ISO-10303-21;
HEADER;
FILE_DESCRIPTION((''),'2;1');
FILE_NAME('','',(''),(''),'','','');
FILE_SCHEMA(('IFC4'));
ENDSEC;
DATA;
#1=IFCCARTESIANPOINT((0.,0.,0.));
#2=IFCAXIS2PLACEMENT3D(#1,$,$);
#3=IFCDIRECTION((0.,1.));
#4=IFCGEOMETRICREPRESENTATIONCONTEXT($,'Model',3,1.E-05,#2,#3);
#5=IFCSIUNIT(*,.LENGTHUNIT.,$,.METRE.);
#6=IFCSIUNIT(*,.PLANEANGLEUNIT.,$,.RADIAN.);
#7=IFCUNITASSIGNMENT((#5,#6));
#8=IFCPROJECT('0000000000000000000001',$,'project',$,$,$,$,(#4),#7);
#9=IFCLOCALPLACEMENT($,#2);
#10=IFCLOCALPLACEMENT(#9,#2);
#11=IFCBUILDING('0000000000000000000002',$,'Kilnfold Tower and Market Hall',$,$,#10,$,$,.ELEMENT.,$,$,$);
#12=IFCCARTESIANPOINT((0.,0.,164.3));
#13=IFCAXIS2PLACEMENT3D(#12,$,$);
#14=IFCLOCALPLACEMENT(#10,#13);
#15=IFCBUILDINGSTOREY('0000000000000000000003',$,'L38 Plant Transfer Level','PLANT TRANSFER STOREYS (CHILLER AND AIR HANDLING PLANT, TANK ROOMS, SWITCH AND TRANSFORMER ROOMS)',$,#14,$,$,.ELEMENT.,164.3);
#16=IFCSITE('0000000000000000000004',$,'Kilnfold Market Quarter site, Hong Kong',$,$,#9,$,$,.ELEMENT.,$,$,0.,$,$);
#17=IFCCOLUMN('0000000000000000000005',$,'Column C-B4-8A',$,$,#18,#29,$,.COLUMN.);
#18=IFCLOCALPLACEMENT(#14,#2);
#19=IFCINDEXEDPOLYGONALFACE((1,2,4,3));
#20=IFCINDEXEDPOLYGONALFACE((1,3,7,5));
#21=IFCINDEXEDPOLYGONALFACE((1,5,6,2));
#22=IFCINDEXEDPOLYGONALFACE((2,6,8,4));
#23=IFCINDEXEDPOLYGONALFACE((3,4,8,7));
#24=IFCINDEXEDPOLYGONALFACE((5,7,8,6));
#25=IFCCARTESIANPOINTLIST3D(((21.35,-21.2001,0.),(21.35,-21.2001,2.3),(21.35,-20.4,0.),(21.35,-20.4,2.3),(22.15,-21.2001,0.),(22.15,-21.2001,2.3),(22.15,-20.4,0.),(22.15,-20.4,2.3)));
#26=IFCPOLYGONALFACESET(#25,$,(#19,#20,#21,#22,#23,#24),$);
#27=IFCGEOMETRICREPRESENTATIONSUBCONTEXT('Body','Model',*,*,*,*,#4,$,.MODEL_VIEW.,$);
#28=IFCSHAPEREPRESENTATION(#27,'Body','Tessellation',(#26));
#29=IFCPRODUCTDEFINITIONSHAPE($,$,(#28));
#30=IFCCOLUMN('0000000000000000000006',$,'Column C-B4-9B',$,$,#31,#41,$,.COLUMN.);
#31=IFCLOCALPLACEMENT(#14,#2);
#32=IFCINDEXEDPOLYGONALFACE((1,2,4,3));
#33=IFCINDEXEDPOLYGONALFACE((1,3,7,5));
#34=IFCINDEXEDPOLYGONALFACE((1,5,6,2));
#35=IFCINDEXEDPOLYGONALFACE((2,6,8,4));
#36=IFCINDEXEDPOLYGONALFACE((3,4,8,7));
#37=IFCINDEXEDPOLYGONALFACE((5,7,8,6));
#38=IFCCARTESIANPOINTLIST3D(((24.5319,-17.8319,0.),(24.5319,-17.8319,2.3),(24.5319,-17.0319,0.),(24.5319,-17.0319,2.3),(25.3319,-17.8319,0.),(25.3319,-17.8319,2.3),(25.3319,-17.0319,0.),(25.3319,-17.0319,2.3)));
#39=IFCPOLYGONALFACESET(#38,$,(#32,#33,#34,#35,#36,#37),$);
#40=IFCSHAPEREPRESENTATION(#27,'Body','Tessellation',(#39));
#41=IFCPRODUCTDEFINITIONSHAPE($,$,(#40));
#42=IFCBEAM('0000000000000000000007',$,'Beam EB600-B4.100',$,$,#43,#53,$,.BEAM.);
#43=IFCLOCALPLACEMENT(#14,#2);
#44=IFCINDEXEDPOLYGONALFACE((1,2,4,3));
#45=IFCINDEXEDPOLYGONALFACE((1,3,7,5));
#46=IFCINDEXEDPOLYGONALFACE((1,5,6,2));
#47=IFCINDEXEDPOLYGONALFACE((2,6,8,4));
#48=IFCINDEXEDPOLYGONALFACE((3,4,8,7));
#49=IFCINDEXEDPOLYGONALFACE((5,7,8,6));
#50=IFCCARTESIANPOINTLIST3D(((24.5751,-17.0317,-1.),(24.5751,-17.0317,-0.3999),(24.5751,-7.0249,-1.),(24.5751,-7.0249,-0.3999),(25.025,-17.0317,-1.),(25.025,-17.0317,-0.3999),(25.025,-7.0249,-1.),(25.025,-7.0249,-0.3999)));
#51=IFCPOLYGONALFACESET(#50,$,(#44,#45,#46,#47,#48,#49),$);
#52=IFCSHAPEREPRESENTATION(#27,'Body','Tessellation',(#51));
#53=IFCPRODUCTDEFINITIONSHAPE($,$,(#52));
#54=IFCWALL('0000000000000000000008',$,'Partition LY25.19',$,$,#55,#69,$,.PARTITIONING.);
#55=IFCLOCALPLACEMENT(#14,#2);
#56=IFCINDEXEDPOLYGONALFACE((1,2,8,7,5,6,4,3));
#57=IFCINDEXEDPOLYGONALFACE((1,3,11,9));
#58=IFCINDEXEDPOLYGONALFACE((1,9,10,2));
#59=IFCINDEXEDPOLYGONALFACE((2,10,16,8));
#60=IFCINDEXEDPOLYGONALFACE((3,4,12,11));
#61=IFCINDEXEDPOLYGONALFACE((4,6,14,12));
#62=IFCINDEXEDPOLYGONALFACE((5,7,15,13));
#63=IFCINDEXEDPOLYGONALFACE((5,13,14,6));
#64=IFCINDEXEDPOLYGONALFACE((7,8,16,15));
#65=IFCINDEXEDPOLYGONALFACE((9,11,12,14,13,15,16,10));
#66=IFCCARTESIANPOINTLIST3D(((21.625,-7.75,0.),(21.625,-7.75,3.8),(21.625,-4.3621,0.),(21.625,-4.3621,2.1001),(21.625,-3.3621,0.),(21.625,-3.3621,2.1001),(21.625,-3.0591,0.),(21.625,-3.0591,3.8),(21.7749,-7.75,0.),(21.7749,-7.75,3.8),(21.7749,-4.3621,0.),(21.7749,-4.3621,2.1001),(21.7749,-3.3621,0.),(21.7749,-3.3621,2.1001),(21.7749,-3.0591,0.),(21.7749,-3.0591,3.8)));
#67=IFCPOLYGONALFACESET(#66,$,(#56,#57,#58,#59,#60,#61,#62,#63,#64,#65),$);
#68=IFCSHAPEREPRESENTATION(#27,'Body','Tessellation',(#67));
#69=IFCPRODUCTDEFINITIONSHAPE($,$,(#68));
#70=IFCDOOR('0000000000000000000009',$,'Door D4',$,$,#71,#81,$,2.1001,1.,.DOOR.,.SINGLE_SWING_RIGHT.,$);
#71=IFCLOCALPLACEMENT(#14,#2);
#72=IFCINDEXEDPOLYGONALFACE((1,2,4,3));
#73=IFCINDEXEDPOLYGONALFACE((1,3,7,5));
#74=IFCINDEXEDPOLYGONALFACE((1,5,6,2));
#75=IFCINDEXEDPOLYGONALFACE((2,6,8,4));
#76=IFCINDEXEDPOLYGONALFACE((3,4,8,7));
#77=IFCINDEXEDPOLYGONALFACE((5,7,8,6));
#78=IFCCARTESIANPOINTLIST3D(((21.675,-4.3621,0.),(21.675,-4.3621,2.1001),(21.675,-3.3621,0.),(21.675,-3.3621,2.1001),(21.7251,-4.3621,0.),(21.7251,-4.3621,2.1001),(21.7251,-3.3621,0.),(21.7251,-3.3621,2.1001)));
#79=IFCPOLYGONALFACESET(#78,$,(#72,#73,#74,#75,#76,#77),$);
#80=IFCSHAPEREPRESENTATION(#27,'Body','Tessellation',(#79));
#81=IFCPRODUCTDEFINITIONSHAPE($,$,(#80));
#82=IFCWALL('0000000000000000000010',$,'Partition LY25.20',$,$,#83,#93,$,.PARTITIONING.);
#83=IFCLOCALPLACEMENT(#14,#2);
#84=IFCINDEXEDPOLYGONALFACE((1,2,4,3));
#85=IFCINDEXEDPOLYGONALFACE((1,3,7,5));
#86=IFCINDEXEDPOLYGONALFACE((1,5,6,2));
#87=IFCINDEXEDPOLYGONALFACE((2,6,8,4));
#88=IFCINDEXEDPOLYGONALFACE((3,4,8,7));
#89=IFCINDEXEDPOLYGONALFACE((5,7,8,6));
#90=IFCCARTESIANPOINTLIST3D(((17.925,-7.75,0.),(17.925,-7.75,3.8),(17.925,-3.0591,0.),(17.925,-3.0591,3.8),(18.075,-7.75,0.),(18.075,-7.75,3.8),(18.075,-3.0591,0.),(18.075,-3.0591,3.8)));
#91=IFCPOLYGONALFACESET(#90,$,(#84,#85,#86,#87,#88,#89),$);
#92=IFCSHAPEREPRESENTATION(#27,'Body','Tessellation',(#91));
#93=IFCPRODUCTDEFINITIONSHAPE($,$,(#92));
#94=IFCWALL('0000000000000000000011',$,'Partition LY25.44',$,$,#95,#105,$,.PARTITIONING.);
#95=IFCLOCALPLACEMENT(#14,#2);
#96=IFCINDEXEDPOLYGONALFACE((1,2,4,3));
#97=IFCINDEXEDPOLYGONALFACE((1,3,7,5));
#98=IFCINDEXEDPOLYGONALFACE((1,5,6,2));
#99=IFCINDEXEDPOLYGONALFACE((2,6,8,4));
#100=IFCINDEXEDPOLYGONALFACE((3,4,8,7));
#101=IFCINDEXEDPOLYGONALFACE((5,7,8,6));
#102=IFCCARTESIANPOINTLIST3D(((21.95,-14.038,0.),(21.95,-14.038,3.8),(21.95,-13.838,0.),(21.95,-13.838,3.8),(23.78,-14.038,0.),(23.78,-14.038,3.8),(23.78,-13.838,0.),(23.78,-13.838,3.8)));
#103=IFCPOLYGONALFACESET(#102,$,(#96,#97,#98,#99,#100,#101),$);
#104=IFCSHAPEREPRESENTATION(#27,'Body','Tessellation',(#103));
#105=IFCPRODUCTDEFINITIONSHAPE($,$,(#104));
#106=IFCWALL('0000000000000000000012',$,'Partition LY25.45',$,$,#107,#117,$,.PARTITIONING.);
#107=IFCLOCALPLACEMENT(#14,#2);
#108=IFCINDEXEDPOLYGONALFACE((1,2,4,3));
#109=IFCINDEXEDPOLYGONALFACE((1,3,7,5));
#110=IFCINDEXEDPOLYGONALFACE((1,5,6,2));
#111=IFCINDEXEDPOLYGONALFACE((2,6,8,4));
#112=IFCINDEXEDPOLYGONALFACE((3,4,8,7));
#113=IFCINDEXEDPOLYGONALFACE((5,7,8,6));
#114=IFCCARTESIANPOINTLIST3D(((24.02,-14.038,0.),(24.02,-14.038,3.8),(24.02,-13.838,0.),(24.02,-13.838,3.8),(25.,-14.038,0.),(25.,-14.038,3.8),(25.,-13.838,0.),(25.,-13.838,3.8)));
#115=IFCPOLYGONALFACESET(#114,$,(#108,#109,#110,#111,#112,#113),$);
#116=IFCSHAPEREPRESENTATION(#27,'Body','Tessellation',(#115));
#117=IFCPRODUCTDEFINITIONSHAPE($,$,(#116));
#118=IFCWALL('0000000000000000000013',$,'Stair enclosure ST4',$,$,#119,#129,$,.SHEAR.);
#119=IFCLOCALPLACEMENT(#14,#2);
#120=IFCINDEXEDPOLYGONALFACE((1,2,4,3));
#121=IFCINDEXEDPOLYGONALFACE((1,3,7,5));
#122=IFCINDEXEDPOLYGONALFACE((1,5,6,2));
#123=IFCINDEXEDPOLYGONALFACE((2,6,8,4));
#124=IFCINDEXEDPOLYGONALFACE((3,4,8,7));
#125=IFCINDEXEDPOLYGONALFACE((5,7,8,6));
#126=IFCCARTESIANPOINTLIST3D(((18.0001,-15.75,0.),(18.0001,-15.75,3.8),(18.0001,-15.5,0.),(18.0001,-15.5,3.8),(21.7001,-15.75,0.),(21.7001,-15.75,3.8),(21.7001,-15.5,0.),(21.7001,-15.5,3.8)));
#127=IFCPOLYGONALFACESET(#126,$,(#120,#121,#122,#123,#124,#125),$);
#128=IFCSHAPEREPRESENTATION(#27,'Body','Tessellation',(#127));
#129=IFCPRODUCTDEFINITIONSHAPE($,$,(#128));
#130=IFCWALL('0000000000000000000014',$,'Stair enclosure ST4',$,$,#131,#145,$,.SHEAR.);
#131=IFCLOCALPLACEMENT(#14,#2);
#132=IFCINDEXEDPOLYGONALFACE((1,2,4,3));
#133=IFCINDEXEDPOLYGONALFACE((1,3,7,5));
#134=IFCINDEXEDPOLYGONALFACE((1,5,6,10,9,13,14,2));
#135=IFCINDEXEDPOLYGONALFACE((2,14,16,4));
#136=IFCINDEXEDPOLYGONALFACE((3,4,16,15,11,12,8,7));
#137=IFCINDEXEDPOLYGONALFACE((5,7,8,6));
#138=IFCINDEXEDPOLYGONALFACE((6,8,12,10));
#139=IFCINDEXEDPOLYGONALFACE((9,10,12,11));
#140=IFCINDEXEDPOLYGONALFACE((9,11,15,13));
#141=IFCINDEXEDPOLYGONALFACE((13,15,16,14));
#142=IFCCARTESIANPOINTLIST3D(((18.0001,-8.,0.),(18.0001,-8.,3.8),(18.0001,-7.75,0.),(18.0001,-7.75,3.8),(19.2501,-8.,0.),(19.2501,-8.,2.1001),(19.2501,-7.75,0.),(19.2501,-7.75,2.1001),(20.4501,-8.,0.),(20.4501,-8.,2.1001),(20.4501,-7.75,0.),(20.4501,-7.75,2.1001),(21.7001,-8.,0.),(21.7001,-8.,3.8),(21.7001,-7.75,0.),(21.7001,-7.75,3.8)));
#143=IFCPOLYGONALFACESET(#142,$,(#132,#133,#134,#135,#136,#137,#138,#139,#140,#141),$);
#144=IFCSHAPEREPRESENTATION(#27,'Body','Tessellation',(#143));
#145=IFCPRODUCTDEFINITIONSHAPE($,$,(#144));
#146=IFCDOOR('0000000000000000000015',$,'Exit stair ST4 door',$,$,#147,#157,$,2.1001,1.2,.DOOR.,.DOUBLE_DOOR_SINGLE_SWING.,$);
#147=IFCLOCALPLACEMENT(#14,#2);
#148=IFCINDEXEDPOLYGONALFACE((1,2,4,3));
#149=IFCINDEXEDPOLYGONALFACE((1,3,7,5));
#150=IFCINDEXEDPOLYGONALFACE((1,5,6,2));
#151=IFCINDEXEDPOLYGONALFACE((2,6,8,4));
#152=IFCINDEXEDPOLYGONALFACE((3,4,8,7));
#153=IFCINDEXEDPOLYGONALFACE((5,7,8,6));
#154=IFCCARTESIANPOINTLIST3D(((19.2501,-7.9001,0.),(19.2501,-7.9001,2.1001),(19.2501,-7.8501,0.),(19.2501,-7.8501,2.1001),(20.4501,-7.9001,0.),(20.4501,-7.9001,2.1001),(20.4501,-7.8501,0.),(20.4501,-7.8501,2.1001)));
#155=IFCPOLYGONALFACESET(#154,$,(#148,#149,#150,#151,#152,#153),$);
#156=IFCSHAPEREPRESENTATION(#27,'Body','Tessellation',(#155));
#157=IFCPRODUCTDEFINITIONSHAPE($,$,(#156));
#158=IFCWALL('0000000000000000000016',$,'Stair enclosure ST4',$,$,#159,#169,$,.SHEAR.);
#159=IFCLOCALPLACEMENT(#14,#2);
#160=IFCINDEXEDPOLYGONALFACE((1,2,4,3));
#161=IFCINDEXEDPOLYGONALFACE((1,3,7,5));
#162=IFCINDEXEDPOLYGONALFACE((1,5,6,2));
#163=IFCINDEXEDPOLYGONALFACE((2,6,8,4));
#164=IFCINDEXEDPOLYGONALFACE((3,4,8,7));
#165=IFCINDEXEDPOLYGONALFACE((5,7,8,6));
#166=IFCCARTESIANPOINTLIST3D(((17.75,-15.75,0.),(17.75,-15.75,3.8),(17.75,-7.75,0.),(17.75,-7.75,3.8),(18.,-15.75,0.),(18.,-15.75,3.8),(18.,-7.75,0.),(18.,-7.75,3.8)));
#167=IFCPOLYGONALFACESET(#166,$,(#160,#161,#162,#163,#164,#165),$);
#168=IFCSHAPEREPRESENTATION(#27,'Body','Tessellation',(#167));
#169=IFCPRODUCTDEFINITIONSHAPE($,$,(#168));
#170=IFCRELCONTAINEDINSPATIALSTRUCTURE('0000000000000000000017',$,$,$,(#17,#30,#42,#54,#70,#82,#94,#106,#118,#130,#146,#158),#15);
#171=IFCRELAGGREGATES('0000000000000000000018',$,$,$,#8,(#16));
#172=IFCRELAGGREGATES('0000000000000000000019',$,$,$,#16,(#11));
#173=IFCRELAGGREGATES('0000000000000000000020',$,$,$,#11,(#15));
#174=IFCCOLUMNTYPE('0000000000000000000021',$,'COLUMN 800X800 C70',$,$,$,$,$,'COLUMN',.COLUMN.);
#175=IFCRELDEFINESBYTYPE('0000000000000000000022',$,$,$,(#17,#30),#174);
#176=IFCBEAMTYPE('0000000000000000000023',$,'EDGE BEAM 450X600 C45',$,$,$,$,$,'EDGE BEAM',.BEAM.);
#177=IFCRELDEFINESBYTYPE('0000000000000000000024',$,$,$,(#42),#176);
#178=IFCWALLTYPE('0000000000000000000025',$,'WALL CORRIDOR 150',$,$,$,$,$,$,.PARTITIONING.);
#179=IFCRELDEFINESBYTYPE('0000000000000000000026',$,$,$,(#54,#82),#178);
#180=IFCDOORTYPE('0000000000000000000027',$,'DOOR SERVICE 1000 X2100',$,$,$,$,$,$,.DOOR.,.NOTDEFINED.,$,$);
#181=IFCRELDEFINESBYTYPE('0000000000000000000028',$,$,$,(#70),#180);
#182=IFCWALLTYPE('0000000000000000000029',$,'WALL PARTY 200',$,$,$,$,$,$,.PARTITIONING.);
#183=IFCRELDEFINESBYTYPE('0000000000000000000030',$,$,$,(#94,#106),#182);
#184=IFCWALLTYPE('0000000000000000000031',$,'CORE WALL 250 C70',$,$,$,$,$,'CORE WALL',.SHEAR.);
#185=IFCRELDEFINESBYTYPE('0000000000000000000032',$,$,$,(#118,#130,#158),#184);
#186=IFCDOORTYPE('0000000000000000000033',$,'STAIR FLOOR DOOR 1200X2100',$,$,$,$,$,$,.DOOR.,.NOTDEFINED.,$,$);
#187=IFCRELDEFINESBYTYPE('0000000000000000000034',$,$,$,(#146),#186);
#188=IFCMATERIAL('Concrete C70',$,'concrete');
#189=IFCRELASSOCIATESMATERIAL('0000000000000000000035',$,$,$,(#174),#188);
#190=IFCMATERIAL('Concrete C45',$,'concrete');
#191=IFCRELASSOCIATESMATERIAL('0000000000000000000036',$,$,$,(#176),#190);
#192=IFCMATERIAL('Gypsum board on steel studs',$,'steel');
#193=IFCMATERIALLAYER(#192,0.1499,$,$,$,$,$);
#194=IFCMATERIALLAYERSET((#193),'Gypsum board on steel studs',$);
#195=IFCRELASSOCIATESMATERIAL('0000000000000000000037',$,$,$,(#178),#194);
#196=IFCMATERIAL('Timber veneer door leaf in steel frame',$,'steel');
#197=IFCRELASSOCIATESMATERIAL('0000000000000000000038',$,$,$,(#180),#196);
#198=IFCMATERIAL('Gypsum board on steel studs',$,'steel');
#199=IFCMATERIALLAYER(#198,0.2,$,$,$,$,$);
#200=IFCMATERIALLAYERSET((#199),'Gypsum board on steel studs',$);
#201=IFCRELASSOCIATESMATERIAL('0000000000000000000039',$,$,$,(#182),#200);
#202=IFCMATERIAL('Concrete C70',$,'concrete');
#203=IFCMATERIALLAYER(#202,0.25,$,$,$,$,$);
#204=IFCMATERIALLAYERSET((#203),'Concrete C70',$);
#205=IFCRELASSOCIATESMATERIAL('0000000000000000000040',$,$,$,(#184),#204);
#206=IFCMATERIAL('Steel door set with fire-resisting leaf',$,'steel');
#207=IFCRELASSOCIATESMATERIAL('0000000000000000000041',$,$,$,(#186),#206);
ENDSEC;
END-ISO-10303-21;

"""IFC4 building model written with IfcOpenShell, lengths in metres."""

from ifc_helpers import new_model, si_unit, direction, frame, frame_2d, origin, origin_2d, place, context, subcontext, project, spatial, rectangle, extrude, source, transform, mapped, material, layer, layer_set, material_profile, profile_set, type_object, element, fill, save


model = new_model("IFC4")

# Units and contexts
model_context = context("Model", 3, precision=1e-05, world=origin(), true_north=direction((0.0, 1.0)))
body_context = subcontext(model_context, "Body", "Model", "MODEL_VIEW")
ifc_project = project(units=[si_unit("LENGTHUNIT", "METRE"), si_unit("PLANEANGLEUNIT", "RADIAN")], contexts=[model_context])

# Site, building, storey
site_placement = place(None, origin())
site = spatial("IfcSite", under=ifc_project, at=site_placement, Name="Kilnfold Market Quarter site, Hong Kong", CompositionType="ELEMENT", RefElevation=0.0)
building_placement = place(site_placement, origin())
building = spatial("IfcBuilding", under=site, at=building_placement, Name="Kilnfold Tower and Market Hall", CompositionType="ELEMENT")
storey_placement = place(building_placement, frame((0.0, 0.0, 164.3)))
storey = spatial("IfcBuildingStorey", under=building, at=storey_placement, Name="L38 Plant Transfer Level", Description="PLANT TRANSFER STOREYS (CHILLER AND AIR HANDLING PLANT, TANK ROOMS, SWITCH AND TRANSFORMER ROOMS)", CompositionType="ELEMENT", Elevation=164.3)

# Columns
ifc_material_1 = material(Name="Concrete C70", Category="concrete")
ifc_material_profile_1 = material_profile(ifc_material_1, rectangle(XDim=0.8, YDim=0.8, at=origin_2d()), Name="RC 800x800")
ifc_profile_set_1 = profile_set([ifc_material_profile_1], Name="Concrete C70")
column_type = type_object("IfcColumnType", Name="COLUMN 800X800 C70", ElementType="COLUMN", PredefinedType="COLUMN", material=ifc_profile_set_1)
shared_shape_1 = source(origin(), body_context, "Body", "SweptSolid", [
    extrude(rectangle(XDim=0.8, YDim=0.8, at=origin_2d()), origin(), (0.0, 0.0, 1.0), 2.3),
])
for number, where, z_axis, x_axis, name in (
    (1, (21.75, -20.8, 0.0), (0.0, 0.0, 1.0), (1.0, 0.0, 0.0), "Column C-B4-8A"),
    (2, (24.9319, -17.4319, 0.0), (0.0, 0.0, 1.0), (1.0, 0.0, 0.0), "Column C-B4-9B"),
):
    element("IfcColumn", number, at=place(storey_placement, frame(where, z_axis=z_axis, x_axis=x_axis)), inside=storey, type_object=column_type, Name=name, PredefinedType="COLUMN", context=body_context, shape_type="MappedRepresentation", body=[
        mapped(shared_shape_1, transform((0.0, 0.0, 0.0))),
    ])

# Beam
ifc_material_2 = material(Name="Concrete C45", Category="concrete")
ifc_material_profile_2 = material_profile(ifc_material_2, rectangle(XDim=0.45, YDim=0.6001, at=origin_2d()), Name="RC 450x600")
ifc_profile_set_2 = profile_set([ifc_material_profile_2], Name="Concrete C45")
beam_type = type_object("IfcBeamType", Name="EDGE BEAM 450X600 C45", ElementType="EDGE BEAM", PredefinedType="BEAM", material=ifc_profile_set_2)
shared_shape_2 = source(origin(), body_context, "Body", "SweptSolid", [
    extrude(rectangle(XDim=0.45, YDim=0.6001, at=origin_2d()), origin(), (0.0, 0.0, 1.0), 10.0068),
])
beam_placement = place(storey_placement, frame((24.8, -17.0317, -0.7), z_axis=(0.0, 1.0, 0.0), x_axis=(-1.0, 0.0, 0.0)))
element("IfcBeam", 3, at=beam_placement, inside=storey, type_object=beam_type, Name="Beam EB600-B4.100", PredefinedType="BEAM", context=body_context, shape_type="MappedRepresentation", body=[
    mapped(shared_shape_2, transform((0.0, 0.0, 0.0))),
])

# Wall, opening, door
ifc_material_3 = material(Name="Gypsum board on steel studs", Category="steel")
ifc_layer_1 = layer(ifc_material_3, 0.1499)
ifc_layer_set_1 = layer_set([ifc_layer_1], Name="Gypsum board on steel studs")
wall_type_1 = type_object("IfcWallType", Name="WALL CORRIDOR 150", PredefinedType="PARTITIONING", material=ifc_layer_set_1)
wall_1_placement = place(storey_placement, frame((21.7, -7.75, 0.0), z_axis=(0.0, 0.0, 1.0), x_axis=(0.0, 1.0, 0.0)))
wall_1 = element("IfcWall", 4, at=wall_1_placement, inside=storey, type_object=wall_type_1, Name="Partition LY25.19", PredefinedType="PARTITIONING", context=body_context, shape_type="SweptSolid", body=[
    extrude(rectangle(XDim=4.6909, YDim=0.1499, at=frame_2d((2.3455, 0.0))), origin(), (0.0, 0.0, 1.0), 3.8),
])
opening_1_placement = place(wall_1_placement, frame((3.3879, 0.0, 0.0)))
opening_1 = element("IfcOpeningElement", 5, at=opening_1_placement, cuts=wall_1, PredefinedType="OPENING", context=body_context, shape_type="SweptSolid", body=[
    extrude(rectangle(XDim=1.0, YDim=2.1001, at=frame_2d((0.5, 1.05))), frame((0.0, 0.085, 0.0), z_axis=(0.0, -1.0, 0.0), x_axis=(1.0, 0.0, 0.0)), (0.0, 0.0, 1.0), 0.1699),
])
ifc_material_4 = material(Name="Timber veneer door leaf in steel frame", Category="steel")
door_type_1 = type_object("IfcDoorType", Name="DOOR SERVICE 1000 X2100", OperationType="NOTDEFINED", PredefinedType="DOOR", material=ifc_material_4)
door_1_placement = place(opening_1_placement, origin())
door_1 = element("IfcDoor", 6, at=door_1_placement, inside=storey, type_object=door_type_1, Name="Door D4", OperationType="SINGLE_SWING_RIGHT", OverallHeight=2.1001, OverallWidth=1.0, PredefinedType="DOOR", context=body_context, shape_type="SweptSolid", body=[
    extrude(rectangle(XDim=1.0, YDim=2.1001, at=frame_2d((0.5, 1.05))), frame((0.0, 0.0249, 0.0), z_axis=(0.0, -1.0, 0.0), x_axis=(1.0, 0.0, 0.0)), (0.0, 0.0, 1.0), 0.05),
])
fill(opening_1, door_1)

# Walls
wall_2_placement = place(storey_placement, frame((18.0, -7.75, 0.0), z_axis=(0.0, 0.0, 1.0), x_axis=(0.0, 1.0, 0.0)))
element("IfcWall", 7, at=wall_2_placement, inside=storey, type_object=wall_type_1, Name="Partition LY25.20", PredefinedType="PARTITIONING", context=body_context, shape_type="SweptSolid", body=[
    extrude(rectangle(XDim=4.6909, YDim=0.1499, at=frame_2d((2.3455, 0.0))), origin(), (0.0, 0.0, 1.0), 3.8),
])
ifc_material_5 = material(Name="Gypsum board on steel studs", Category="steel")
ifc_layer_2 = layer(ifc_material_5, 0.2)
ifc_layer_set_2 = layer_set([ifc_layer_2], Name="Gypsum board on steel studs")
wall_type_2 = type_object("IfcWallType", Name="WALL PARTY 200", PredefinedType="PARTITIONING", material=ifc_layer_set_2)
wall_3_placement = place(storey_placement, frame((21.95, -13.938, 0.0), z_axis=(0.0, 0.0, 1.0), x_axis=(1.0, 0.0, 0.0)))
element("IfcWall", 8, at=wall_3_placement, inside=storey, type_object=wall_type_2, Name="Partition LY25.44", PredefinedType="PARTITIONING", context=body_context, shape_type="SweptSolid", body=[
    extrude(rectangle(XDim=1.8301, YDim=0.2, at=frame_2d((0.915, 0.0))), origin(), (0.0, 0.0, 1.0), 3.8),
])
wall_4_placement = place(storey_placement, frame((24.02, -13.938, 0.0), z_axis=(0.0, 0.0, 1.0), x_axis=(1.0, 0.0, 0.0)))
element("IfcWall", 9, at=wall_4_placement, inside=storey, type_object=wall_type_2, Name="Partition LY25.45", PredefinedType="PARTITIONING", context=body_context, shape_type="SweptSolid", body=[
    extrude(rectangle(XDim=0.98, YDim=0.2, at=frame_2d((0.49, 0.0))), origin(), (0.0, 0.0, 1.0), 3.8),
])
ifc_material_6 = material(Name="Concrete C70", Category="concrete")
ifc_layer_3 = layer(ifc_material_6, 0.25)
ifc_layer_set_3 = layer_set([ifc_layer_3], Name="Concrete C70")
wall_type_3 = type_object("IfcWallType", Name="CORE WALL 250 C70", ElementType="CORE WALL", PredefinedType="SHEAR", material=ifc_layer_set_3)
shared_shape_3 = source(origin(), body_context, "Body", "SweptSolid", [
    extrude(rectangle(XDim=3.7, YDim=0.25, at=frame_2d((1.8501, 0.0))), origin(), (0.0, 0.0, 1.0), 3.8),
])
wall_5_placement = place(storey_placement, frame((18.0, -15.625, 0.0), z_axis=(0.0, 0.0, 1.0), x_axis=(1.0, 0.0, 0.0)))
element("IfcWall", 10, at=wall_5_placement, inside=storey, type_object=wall_type_3, Name="Stair enclosure ST4", PredefinedType="SHEAR", context=body_context, shape_type="MappedRepresentation", body=[
    mapped(shared_shape_3, transform((0.0, 0.0, 0.0))),
])

# Wall, opening, door
wall_6_placement = place(storey_placement, frame((18.0, -7.875, 0.0), z_axis=(0.0, 0.0, 1.0), x_axis=(1.0, 0.0, 0.0)))
wall_6 = element("IfcWall", 11, at=wall_6_placement, inside=storey, type_object=wall_type_3, Name="Stair enclosure ST4", PredefinedType="SHEAR", context=body_context, shape_type="MappedRepresentation", body=[
    mapped(shared_shape_3, transform((0.0, 0.0, 0.0))),
])
opening_2_placement = place(wall_6_placement, frame((1.25, 0.0, 0.0)))
opening_2 = element("IfcOpeningElement", 12, at=opening_2_placement, cuts=wall_6, PredefinedType="OPENING", context=body_context, shape_type="SweptSolid", body=[
    extrude(rectangle(XDim=1.2, YDim=2.1001, at=frame_2d((0.6001, 1.05))), frame((0.0, 0.135, 0.0), z_axis=(0.0, -1.0, 0.0), x_axis=(1.0, 0.0, 0.0)), (0.0, 0.0, 1.0), 0.27),
])
ifc_material_7 = material(Name="Steel door set with fire-resisting leaf", Category="steel")
door_type_2 = type_object("IfcDoorType", Name="STAIR FLOOR DOOR 1200X2100", OperationType="NOTDEFINED", PredefinedType="DOOR", material=ifc_material_7)
door_2_placement = place(opening_2_placement, origin())
door_2 = element("IfcDoor", 13, at=door_2_placement, inside=storey, type_object=door_type_2, Name="Exit stair ST4 door", OperationType="DOUBLE_DOOR_SINGLE_SWING", OverallHeight=2.1001, OverallWidth=1.2, PredefinedType="DOOR", context=body_context, shape_type="SweptSolid", body=[
    extrude(rectangle(XDim=1.2, YDim=2.1001, at=frame_2d((0.6001, 1.05))), frame((0.0, 0.0249, 0.0), z_axis=(0.0, -1.0, 0.0), x_axis=(1.0, 0.0, 0.0)), (0.0, 0.0, 1.0), 0.05),
])
fill(opening_2, door_2)

# Wall
shared_shape_4 = source(origin(), body_context, "Body", "SweptSolid", [
    extrude(rectangle(XDim=8.0, YDim=0.25, at=frame_2d((4.0, 0.0))), origin(), (0.0, 0.0, 1.0), 3.8),
])
for number, where, z_axis, x_axis, name in (
    (14, (17.875, -15.75, 0.0), (0.0, 0.0, 1.0), (0.0, 1.0, 0.0), "Stair enclosure ST4"),
):
    element("IfcWall", number, at=place(storey_placement, frame(where, z_axis=z_axis, x_axis=x_axis)), inside=storey, type_object=wall_type_3, Name=name, PredefinedType="SHEAR", context=body_context, shape_type="MappedRepresentation", body=[
        mapped(shared_shape_4, transform((0.0, 0.0, 0.0))),
    ])

save(model, "model.ifc")
